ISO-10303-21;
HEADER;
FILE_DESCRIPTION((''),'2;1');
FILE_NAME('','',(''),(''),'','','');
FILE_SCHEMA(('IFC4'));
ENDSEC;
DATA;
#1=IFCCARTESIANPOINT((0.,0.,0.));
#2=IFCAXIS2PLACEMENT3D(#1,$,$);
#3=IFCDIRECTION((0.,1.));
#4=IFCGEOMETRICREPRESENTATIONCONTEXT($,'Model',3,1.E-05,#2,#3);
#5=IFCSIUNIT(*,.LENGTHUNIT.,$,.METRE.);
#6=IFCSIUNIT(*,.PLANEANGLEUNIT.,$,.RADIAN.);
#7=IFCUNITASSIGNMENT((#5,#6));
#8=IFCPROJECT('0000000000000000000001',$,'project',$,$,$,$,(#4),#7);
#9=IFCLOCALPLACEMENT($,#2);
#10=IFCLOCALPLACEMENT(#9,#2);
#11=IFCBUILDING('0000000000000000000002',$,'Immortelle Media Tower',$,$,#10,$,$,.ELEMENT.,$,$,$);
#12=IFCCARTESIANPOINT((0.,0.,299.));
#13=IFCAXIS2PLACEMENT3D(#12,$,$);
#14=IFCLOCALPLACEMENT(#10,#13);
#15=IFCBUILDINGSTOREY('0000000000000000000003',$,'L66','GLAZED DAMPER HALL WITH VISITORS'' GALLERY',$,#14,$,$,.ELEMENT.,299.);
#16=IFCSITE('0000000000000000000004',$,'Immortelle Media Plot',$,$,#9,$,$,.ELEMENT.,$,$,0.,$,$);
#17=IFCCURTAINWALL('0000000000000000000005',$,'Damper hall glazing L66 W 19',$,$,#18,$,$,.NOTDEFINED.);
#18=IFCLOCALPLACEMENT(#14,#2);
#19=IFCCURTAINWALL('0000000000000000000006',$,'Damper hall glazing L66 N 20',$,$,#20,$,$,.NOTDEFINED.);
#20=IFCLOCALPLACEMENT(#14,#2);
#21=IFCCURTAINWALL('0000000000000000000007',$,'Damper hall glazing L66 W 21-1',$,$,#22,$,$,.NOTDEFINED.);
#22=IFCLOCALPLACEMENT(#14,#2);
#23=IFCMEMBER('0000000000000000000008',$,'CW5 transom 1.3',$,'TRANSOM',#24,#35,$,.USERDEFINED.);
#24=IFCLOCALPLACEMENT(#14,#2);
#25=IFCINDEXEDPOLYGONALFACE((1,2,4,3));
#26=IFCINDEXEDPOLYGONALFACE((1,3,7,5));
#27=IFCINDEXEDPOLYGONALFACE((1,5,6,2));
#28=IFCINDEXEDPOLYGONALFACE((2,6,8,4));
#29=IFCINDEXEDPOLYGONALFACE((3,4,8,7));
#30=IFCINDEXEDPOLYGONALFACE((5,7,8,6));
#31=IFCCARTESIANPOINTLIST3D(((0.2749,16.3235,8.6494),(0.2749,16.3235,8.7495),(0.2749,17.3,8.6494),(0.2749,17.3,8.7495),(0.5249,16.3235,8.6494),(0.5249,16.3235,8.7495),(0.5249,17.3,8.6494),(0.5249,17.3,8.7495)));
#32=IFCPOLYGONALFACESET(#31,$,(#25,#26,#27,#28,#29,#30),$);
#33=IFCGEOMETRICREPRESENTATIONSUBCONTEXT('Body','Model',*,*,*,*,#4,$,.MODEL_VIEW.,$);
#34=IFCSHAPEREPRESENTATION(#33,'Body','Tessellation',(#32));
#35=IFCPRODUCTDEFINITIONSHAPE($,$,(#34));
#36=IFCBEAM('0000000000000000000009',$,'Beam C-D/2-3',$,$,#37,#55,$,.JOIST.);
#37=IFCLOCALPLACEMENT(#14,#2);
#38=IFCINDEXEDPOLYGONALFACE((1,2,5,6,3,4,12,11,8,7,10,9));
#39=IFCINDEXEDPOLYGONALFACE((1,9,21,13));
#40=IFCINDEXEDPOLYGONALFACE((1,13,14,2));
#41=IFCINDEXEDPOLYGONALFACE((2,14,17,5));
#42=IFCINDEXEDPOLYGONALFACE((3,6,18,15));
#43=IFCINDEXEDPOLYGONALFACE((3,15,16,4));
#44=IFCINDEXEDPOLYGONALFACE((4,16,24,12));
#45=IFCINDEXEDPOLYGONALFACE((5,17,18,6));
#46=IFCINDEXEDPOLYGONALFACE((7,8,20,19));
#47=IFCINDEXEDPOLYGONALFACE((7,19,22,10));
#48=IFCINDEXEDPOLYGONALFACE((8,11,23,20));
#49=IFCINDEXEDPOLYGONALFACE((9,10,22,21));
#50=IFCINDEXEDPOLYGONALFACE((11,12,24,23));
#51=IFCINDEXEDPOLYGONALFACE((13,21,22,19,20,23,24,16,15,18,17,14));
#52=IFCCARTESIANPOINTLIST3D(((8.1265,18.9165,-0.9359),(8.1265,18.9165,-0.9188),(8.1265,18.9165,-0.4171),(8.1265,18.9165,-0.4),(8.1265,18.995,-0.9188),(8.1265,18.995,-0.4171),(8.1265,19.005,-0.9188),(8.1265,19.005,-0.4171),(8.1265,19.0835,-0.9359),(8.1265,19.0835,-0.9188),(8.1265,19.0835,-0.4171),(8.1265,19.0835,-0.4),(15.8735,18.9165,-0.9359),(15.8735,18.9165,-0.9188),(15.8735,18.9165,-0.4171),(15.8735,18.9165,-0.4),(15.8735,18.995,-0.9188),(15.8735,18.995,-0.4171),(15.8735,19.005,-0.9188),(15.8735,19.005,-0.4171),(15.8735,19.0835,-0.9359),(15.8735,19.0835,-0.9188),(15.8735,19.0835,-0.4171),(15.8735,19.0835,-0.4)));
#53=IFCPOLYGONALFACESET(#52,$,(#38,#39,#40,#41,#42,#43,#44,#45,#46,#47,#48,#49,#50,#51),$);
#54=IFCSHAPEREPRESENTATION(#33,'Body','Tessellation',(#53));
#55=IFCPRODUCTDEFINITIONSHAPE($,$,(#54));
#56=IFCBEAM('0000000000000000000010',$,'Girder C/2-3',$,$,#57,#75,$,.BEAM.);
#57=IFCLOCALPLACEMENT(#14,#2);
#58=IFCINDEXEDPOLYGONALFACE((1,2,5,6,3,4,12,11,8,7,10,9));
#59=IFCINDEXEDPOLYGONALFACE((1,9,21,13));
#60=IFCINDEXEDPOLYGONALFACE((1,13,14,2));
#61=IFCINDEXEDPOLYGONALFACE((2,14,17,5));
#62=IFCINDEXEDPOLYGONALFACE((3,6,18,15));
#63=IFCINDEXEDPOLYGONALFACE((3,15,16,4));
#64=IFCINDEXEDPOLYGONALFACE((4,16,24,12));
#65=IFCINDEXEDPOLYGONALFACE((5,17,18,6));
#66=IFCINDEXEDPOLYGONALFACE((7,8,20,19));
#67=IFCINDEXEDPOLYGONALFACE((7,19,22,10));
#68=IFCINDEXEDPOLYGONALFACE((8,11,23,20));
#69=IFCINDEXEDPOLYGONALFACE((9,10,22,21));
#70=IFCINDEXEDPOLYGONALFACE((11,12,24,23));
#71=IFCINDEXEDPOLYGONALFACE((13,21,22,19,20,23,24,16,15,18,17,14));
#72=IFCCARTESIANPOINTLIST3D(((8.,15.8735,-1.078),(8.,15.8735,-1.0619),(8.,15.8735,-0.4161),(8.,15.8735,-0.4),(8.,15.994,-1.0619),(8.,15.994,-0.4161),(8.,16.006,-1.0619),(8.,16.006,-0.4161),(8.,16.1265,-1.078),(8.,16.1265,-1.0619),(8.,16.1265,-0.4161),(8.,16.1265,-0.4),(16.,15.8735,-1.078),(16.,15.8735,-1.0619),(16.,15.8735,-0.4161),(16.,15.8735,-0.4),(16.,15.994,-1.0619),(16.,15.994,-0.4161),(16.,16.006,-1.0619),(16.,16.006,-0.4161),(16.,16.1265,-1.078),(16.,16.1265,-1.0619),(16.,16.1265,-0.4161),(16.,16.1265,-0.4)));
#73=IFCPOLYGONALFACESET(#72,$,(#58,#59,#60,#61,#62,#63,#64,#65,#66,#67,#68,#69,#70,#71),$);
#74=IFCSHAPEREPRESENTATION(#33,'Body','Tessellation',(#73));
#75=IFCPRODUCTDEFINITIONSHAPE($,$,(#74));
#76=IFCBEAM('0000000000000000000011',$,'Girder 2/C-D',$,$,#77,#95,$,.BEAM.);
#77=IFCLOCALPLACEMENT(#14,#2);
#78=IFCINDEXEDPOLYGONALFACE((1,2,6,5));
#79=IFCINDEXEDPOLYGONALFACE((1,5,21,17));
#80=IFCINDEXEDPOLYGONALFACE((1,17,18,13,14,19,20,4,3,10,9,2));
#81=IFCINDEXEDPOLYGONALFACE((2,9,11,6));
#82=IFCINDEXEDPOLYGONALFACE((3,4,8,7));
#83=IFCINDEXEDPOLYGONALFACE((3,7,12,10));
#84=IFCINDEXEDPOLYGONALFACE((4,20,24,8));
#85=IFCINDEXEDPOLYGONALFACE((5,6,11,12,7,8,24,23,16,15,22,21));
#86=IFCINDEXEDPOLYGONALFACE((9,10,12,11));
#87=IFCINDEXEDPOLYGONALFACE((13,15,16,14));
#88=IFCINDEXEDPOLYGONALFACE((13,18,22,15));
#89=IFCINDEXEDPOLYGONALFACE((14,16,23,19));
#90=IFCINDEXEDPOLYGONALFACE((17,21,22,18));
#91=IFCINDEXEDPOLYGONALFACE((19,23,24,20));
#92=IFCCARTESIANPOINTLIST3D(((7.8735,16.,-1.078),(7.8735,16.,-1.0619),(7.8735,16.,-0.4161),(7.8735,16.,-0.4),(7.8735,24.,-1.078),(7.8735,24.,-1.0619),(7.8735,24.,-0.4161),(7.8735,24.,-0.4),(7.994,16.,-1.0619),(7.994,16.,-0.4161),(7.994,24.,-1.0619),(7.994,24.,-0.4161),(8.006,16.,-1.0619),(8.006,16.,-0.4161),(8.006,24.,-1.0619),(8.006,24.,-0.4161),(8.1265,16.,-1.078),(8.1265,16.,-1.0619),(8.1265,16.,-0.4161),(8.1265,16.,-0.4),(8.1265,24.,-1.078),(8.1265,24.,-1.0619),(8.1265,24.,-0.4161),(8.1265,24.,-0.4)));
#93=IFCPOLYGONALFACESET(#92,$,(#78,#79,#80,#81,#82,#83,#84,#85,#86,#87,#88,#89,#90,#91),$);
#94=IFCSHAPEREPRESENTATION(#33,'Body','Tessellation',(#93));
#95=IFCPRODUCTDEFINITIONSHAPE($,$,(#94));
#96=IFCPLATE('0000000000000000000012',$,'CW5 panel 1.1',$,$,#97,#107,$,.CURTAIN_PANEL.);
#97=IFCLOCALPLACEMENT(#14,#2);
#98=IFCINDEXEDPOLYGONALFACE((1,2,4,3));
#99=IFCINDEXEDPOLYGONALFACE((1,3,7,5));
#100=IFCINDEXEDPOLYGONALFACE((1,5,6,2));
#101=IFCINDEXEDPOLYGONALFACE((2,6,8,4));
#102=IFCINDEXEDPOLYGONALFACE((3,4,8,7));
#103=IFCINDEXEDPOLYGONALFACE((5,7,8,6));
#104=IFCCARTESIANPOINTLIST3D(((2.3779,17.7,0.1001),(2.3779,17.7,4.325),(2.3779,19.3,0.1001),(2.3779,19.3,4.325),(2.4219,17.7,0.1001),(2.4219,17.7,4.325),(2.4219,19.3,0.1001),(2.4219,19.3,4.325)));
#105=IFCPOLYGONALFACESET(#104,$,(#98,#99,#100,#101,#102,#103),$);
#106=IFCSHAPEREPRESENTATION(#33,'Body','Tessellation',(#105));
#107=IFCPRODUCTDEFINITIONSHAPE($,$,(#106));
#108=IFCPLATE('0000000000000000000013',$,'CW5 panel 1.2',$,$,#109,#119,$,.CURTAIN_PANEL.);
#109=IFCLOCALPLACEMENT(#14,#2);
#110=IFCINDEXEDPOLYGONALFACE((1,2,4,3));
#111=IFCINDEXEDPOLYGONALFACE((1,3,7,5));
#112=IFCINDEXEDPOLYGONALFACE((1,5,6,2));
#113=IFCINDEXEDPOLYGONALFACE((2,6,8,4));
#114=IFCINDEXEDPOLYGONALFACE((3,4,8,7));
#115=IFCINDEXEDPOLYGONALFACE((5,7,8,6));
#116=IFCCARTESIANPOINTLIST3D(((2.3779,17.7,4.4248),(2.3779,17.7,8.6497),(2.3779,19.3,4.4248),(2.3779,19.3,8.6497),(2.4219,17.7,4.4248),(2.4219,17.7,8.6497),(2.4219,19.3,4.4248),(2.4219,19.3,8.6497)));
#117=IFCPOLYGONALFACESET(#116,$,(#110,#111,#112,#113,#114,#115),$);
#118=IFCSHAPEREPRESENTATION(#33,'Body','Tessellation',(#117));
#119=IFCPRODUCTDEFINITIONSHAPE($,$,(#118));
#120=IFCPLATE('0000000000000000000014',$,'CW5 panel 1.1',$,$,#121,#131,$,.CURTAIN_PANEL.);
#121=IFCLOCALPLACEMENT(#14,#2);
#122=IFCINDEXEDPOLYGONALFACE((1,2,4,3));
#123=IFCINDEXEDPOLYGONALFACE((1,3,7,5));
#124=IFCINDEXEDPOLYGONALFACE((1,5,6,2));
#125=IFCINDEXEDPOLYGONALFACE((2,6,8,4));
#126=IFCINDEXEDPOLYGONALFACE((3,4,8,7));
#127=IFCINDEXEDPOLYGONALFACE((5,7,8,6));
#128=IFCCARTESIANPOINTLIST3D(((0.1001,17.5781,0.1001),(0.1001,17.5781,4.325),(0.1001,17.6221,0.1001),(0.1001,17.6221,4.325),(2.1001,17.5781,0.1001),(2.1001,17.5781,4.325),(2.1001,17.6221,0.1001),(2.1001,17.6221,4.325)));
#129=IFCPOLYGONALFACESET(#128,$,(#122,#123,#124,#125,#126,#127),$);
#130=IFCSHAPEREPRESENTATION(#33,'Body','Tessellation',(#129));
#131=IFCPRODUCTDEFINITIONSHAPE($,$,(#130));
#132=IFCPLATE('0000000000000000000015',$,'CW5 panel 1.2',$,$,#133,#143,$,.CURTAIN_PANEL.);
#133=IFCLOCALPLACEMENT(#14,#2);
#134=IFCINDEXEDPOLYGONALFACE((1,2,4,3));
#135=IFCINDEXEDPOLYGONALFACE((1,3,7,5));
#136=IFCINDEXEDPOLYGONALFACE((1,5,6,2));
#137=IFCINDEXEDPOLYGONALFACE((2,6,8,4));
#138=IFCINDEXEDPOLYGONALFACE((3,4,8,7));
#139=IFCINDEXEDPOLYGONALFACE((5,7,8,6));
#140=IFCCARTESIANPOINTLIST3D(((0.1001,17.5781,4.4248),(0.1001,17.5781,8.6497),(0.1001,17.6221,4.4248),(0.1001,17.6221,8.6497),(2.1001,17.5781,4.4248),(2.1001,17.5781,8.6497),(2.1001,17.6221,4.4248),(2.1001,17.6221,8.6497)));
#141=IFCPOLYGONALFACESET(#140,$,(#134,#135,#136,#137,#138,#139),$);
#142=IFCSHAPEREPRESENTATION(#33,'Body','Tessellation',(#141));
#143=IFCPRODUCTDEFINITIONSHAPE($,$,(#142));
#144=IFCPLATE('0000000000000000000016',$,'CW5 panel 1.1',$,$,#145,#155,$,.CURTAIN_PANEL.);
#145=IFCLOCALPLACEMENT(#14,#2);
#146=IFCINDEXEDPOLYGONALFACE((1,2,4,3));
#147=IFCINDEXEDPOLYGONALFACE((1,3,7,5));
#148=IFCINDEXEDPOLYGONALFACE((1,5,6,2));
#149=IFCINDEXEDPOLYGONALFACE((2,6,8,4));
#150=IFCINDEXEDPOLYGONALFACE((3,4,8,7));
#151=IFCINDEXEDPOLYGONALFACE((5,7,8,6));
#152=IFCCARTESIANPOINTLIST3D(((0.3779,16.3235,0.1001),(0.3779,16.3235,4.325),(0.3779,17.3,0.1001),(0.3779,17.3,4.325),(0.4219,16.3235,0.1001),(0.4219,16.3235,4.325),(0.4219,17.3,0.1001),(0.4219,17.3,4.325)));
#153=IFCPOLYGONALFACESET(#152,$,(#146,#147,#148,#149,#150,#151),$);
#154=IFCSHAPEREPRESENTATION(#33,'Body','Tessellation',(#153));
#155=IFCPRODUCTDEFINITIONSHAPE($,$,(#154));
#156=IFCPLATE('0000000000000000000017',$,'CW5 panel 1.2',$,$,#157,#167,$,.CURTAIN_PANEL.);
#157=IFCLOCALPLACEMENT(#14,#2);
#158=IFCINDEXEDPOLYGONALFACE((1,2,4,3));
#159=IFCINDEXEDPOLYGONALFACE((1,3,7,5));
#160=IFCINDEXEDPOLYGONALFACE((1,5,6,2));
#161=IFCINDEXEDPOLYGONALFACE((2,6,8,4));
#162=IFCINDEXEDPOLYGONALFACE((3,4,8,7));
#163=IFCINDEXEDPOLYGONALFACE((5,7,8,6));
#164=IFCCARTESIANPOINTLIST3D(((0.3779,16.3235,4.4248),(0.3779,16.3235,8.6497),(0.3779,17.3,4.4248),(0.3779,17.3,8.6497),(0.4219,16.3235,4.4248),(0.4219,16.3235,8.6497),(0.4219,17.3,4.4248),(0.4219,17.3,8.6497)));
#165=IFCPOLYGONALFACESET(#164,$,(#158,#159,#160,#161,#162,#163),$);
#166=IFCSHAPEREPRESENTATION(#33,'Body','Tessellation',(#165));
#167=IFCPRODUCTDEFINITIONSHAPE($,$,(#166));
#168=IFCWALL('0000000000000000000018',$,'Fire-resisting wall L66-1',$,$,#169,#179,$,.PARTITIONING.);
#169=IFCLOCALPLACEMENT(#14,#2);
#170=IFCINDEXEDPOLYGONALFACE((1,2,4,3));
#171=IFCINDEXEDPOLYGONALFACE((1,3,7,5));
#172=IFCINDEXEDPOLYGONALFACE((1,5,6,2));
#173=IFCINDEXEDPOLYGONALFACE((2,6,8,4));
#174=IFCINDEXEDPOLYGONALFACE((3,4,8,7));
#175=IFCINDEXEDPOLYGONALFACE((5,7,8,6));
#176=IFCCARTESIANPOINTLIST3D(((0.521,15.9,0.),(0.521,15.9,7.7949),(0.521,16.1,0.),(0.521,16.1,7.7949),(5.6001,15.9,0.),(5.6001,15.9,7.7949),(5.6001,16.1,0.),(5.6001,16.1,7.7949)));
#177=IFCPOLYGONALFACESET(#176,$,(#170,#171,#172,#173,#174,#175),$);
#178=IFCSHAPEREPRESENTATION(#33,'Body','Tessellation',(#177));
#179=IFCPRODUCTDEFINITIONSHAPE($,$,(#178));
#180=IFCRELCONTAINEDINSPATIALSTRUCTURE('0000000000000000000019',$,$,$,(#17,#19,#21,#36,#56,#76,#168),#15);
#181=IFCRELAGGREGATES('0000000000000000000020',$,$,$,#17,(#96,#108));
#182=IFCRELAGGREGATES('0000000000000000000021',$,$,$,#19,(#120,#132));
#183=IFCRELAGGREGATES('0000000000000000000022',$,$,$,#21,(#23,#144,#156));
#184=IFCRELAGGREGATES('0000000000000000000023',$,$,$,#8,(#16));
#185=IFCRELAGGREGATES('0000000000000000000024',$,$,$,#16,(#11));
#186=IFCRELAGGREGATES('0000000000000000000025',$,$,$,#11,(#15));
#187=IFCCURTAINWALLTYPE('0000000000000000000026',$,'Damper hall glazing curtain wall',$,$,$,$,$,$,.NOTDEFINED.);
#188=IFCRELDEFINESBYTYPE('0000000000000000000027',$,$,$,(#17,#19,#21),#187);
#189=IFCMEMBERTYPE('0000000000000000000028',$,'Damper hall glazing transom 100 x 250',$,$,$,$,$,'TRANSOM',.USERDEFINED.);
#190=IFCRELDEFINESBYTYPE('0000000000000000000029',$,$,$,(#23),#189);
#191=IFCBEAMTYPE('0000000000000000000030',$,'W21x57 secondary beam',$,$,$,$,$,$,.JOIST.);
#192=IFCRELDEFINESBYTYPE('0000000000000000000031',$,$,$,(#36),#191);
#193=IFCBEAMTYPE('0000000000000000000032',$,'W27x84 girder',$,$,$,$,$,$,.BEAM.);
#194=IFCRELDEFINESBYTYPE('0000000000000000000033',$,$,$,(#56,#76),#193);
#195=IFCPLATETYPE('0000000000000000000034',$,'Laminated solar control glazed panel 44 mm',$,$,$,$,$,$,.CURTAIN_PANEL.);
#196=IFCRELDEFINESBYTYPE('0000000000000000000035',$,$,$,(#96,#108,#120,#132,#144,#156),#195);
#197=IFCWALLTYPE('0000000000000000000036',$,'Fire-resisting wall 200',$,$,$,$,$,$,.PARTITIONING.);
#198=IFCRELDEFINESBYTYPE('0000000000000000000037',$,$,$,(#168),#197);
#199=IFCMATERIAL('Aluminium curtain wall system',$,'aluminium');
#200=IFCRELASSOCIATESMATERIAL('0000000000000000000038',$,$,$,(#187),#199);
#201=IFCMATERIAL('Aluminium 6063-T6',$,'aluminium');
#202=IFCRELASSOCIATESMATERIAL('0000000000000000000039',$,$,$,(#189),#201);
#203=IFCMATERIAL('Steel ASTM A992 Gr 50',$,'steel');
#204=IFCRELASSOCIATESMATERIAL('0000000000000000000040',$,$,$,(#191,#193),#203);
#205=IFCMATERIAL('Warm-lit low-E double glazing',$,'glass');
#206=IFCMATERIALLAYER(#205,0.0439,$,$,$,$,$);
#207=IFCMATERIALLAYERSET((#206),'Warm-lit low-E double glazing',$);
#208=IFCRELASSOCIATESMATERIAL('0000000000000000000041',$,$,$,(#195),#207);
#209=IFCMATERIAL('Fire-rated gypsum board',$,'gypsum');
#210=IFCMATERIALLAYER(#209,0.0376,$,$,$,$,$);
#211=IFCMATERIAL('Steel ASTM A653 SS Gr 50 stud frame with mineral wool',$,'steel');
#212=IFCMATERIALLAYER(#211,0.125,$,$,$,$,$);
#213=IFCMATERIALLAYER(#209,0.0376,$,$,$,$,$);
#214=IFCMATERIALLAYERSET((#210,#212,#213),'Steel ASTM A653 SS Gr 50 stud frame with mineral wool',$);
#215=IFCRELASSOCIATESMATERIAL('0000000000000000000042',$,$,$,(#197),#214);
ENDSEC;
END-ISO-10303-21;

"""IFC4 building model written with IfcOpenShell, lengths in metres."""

from ifc_helpers import new_model, si_unit, direction, frame, frame_2d, origin, origin_2d, place, context, subcontext, project, spatial, rectangle, i_section, extrude, material, layer, layer_set, material_profile, profile_set, type_object, element, aggregate, save


model = new_model("IFC4")

# Units and contexts
model_context = context("Model", 3, precision=1e-05, world=origin(), true_north=direction((0.0, 1.0)))
body_context = subcontext(model_context, "Body", "Model", "MODEL_VIEW")
ifc_project = project(units=[si_unit("LENGTHUNIT", "METRE"), si_unit("PLANEANGLEUNIT", "RADIAN")], contexts=[model_context])

# Site, building, storey
site_placement = place(None, origin())
site = spatial("IfcSite", under=ifc_project, at=site_placement, Name="Immortelle Media Plot", CompositionType="ELEMENT", RefElevation=0.0)
building_placement = place(site_placement, origin())
building = spatial("IfcBuilding", under=site, at=building_placement, Name="Immortelle Media Tower", CompositionType="ELEMENT")
storey_placement = place(building_placement, frame((0.0, 0.0, 299.0)))
storey = spatial("IfcBuildingStorey", under=building, at=storey_placement, Name="L66", Description="GLAZED DAMPER HALL WITH VISITORS' GALLERY", CompositionType="ELEMENT", Elevation=299.0)

# Shared definitions
ifc_material_1 = material(Name="Steel ASTM A992 Gr 50", Category="steel")

# Curtain walls
ifc_material_2 = material(Name="Aluminium curtain wall system", Category="aluminium")
curtain_wall_type = type_object("IfcCurtainWallType", Name="Damper hall glazing curtain wall", PredefinedType="NOTDEFINED", material=ifc_material_2)
curtain_wall_1_placement = place(storey_placement, origin())
curtain_wall_1 = element("IfcCurtainWall", 1, at=curtain_wall_1_placement, inside=storey, type_object=curtain_wall_type, Name="Damper hall glazing L66 W 19", PredefinedType="NOTDEFINED")
ifc_material_3 = material(Name="Aluminium 6063-T6", Category="aluminium")
curtain_wall_2_placement = place(storey_placement, origin())
curtain_wall_2 = element("IfcCurtainWall", 2, at=curtain_wall_2_placement, inside=storey, type_object=curtain_wall_type, Name="Damper hall glazing L66 N 20", PredefinedType="NOTDEFINED")
curtain_wall_3_placement = place(storey_placement, origin())
curtain_wall_3 = element("IfcCurtainWall", 3, at=curtain_wall_3_placement, inside=storey, type_object=curtain_wall_type, Name="Damper hall glazing L66 W 21-1", PredefinedType="NOTDEFINED")

# Member
ifc_material_profile_1 = material_profile(ifc_material_3, rectangle(XDim=0.25, YDim=0.1001, at=origin_2d()), Name="AL 100x250")
ifc_profile_set_1 = profile_set([ifc_material_profile_1], Name="Aluminium 6063-T6")
member_type_1 = type_object("IfcMemberType", Name="Damper hall glazing transom 100 x 250", ElementType="TRANSOM", PredefinedType="USERDEFINED", material=ifc_profile_set_1)
member_1_placement = place(storey_placement, frame((0.3999, 17.3, 8.6995), z_axis=(0.0, -1.0, 0.0), x_axis=(1.0, 0.0, 0.0)))
member_1 = element("IfcMember", 4, at=member_1_placement, type_object=member_type_1, Name="CW5 transom 1.3", ObjectType="TRANSOM", PredefinedType="USERDEFINED", context=body_context, shape_type="SweptSolid", body=[
    extrude(rectangle(XDim=0.25, YDim=0.1001, at=origin_2d()), origin(), (0.0, 0.0, 1.0), 0.9766),
])

# Beams
ifc_material_profile_2 = material_profile(ifc_material_1, i_section(OverallWidth=0.167, OverallDepth=0.5359, WebThickness=0.01, FlangeThickness=0.0171, at=origin_2d()), Name="W21x57")
ifc_profile_set_2 = profile_set([ifc_material_profile_2], Name="Steel ASTM A992 Gr 50")
beam_type_1 = type_object("IfcBeamType", Name="W21x57 secondary beam", PredefinedType="JOIST", material=ifc_profile_set_2)
beam_placement = place(storey_placement, frame((8.1265, 19.0, -0.668), z_axis=(1.0, 0.0, 0.0), x_axis=(0.0, 1.0, 0.0)))
element("IfcBeam", 5, at=beam_placement, inside=storey, type_object=beam_type_1, Name="Beam C-D/2-3", PredefinedType="JOIST", context=body_context, shape_type="SweptSolid", body=[
    extrude(i_section(OverallWidth=0.167, OverallDepth=0.5359, WebThickness=0.01, FlangeThickness=0.0171, at=origin_2d()), origin(), (0.0, 0.0, 1.0), 7.7471),
])
ifc_material_profile_3 = material_profile(ifc_material_1, i_section(OverallWidth=0.2529, OverallDepth=0.678, WebThickness=0.012, FlangeThickness=0.0161, at=origin_2d()), Name="W27x84")
ifc_profile_set_3 = profile_set([ifc_material_profile_3], Name="Steel ASTM A992 Gr 50")
beam_type_2 = type_object("IfcBeamType", Name="W27x84 girder", PredefinedType="BEAM", material=ifc_profile_set_3)
for number, where, z_axis, x_axis, name in (
    (6, (8.0, 16.0, -0.739), (1.0, 0.0, 0.0), (0.0, 1.0, 0.0), "Girder C/2-3"),
    (7, (8.0, 16.0, -0.739), (0.0, 1.0, 0.0), (-1.0, 0.0, 0.0), "Girder 2/C-D"),
):
    element("IfcBeam", number, at=place(storey_placement, frame(where, z_axis=z_axis, x_axis=x_axis)), inside=storey, type_object=beam_type_2, Name=name, PredefinedType="BEAM", context=body_context, shape_type="SweptSolid", body=[
        extrude(i_section(OverallWidth=0.2529, OverallDepth=0.678, WebThickness=0.012, FlangeThickness=0.0161, at=origin_2d()), origin(), (0.0, 0.0, 1.0), 8.0),
    ])

# Plates
ifc_material_4 = material(Name="Warm-lit low-E double glazing", Category="glass")
ifc_layer_1 = layer(ifc_material_4, 0.0439)
ifc_layer_set_1 = layer_set([ifc_layer_1], Name="Warm-lit low-E double glazing")
plate_type = type_object("IfcPlateType", Name="Laminated solar control glazed panel 44 mm", PredefinedType="CURTAIN_PANEL", material=ifc_layer_set_1)
plate_1_placement = place(storey_placement, frame((2.3999, 18.5, 0.1001), z_axis=(0.0, 0.0, 1.0), x_axis=(0.0, -1.0, 0.0)))
plate_1 = element("IfcPlate", 8, at=plate_1_placement, type_object=plate_type, Name="CW5 panel 1.1", PredefinedType="CURTAIN_PANEL", context=body_context, shape_type="SweptSolid", body=[
    extrude(rectangle(XDim=1.6001, YDim=0.0439, at=origin_2d()), origin(), (0.0, 0.0, 1.0), 4.2249),
])
plate_2_placement = place(storey_placement, frame((2.3999, 18.5, 4.4248), z_axis=(0.0, 0.0, 1.0), x_axis=(0.0, -1.0, 0.0)))
plate_2 = element("IfcPlate", 9, at=plate_2_placement, type_object=plate_type, Name="CW5 panel 1.2", PredefinedType="CURTAIN_PANEL", context=body_context, shape_type="SweptSolid", body=[
    extrude(rectangle(XDim=1.6001, YDim=0.0439, at=origin_2d()), origin(), (0.0, 0.0, 1.0), 4.2249),
])
aggregate(curtain_wall_1, [plate_1, plate_2])
plate_3_placement = place(storey_placement, frame((1.1001, 17.6001, 0.1001), z_axis=(0.0, 0.0, 1.0), x_axis=(-1.0, 0.0, 0.0)))
plate_3 = element("IfcPlate", 10, at=plate_3_placement, type_object=plate_type, Name="CW5 panel 1.1", PredefinedType="CURTAIN_PANEL", context=body_context, shape_type="SweptSolid", body=[
    extrude(rectangle(XDim=2.0, YDim=0.0439, at=origin_2d()), origin(), (0.0, 0.0, 1.0), 4.2249),
])
plate_4_placement = place(storey_placement, frame((1.1001, 17.6001, 4.4248), z_axis=(0.0, 0.0, 1.0), x_axis=(-1.0, 0.0, 0.0)))
plate_4 = element("IfcPlate", 11, at=plate_4_placement, type_object=plate_type, Name="CW5 panel 1.2", PredefinedType="CURTAIN_PANEL", context=body_context, shape_type="SweptSolid", body=[
    extrude(rectangle(XDim=2.0, YDim=0.0439, at=origin_2d()), origin(), (0.0, 0.0, 1.0), 4.2249),
])
aggregate(curtain_wall_2, [plate_3, plate_4])
plate_5_placement = place(storey_placement, frame((0.3999, 16.8118, 0.1001), z_axis=(0.0, 0.0, 1.0), x_axis=(0.0, -1.0, 0.0)))
plate_5 = element("IfcPlate", 12, at=plate_5_placement, type_object=plate_type, Name="CW5 panel 1.1", PredefinedType="CURTAIN_PANEL", context=body_context, shape_type="SweptSolid", body=[
    extrude(rectangle(XDim=0.9766, YDim=0.0439, at=origin_2d()), origin(), (0.0, 0.0, 1.0), 4.2249),
])
plate_6_placement = place(storey_placement, frame((0.3999, 16.8118, 4.4248), z_axis=(0.0, 0.0, 1.0), x_axis=(0.0, -1.0, 0.0)))
plate_6 = element("IfcPlate", 13, at=plate_6_placement, type_object=plate_type, Name="CW5 panel 1.2", PredefinedType="CURTAIN_PANEL", context=body_context, shape_type="SweptSolid", body=[
    extrude(rectangle(XDim=0.9766, YDim=0.0439, at=origin_2d()), origin(), (0.0, 0.0, 1.0), 4.2249),
])
aggregate(curtain_wall_3, [member_1, plate_5, plate_6])

# Wall
ifc_material_5 = material(Name="Fire-rated gypsum board", Category="gypsum")
ifc_layer_2 = layer(ifc_material_5, 0.0376)
ifc_material_6 = material(Name="Steel ASTM A653 SS Gr 50 stud frame with mineral wool", Category="steel")
ifc_layer_3 = layer(ifc_material_6, 0.125)
ifc_layer_4 = layer(ifc_material_5, 0.0376)
ifc_layer_set_2 = layer_set([ifc_layer_2, ifc_layer_3, ifc_layer_4], Name="Steel ASTM A653 SS Gr 50 stud frame with mineral wool")
wall_type_1 = type_object("IfcWallType", Name="Fire-resisting wall 200", PredefinedType="PARTITIONING", material=ifc_layer_set_2)
wall_1_placement = place(storey_placement, frame((0.521, 16.0, 0.0), z_axis=(0.0, 0.0, 1.0), x_axis=(1.0, 0.0, 0.0)))
element("IfcWall", 14, at=wall_1_placement, inside=storey, type_object=wall_type_1, Name="Fire-resisting wall L66-1", PredefinedType="PARTITIONING", context=body_context, shape_type="SweptSolid", body=[
    extrude(rectangle(XDim=5.0791, YDim=0.2, at=frame_2d((2.5396, 0.0))), origin(), (0.0, 0.0, 1.0), 7.7949),
])

save(model, "model.ifc")
